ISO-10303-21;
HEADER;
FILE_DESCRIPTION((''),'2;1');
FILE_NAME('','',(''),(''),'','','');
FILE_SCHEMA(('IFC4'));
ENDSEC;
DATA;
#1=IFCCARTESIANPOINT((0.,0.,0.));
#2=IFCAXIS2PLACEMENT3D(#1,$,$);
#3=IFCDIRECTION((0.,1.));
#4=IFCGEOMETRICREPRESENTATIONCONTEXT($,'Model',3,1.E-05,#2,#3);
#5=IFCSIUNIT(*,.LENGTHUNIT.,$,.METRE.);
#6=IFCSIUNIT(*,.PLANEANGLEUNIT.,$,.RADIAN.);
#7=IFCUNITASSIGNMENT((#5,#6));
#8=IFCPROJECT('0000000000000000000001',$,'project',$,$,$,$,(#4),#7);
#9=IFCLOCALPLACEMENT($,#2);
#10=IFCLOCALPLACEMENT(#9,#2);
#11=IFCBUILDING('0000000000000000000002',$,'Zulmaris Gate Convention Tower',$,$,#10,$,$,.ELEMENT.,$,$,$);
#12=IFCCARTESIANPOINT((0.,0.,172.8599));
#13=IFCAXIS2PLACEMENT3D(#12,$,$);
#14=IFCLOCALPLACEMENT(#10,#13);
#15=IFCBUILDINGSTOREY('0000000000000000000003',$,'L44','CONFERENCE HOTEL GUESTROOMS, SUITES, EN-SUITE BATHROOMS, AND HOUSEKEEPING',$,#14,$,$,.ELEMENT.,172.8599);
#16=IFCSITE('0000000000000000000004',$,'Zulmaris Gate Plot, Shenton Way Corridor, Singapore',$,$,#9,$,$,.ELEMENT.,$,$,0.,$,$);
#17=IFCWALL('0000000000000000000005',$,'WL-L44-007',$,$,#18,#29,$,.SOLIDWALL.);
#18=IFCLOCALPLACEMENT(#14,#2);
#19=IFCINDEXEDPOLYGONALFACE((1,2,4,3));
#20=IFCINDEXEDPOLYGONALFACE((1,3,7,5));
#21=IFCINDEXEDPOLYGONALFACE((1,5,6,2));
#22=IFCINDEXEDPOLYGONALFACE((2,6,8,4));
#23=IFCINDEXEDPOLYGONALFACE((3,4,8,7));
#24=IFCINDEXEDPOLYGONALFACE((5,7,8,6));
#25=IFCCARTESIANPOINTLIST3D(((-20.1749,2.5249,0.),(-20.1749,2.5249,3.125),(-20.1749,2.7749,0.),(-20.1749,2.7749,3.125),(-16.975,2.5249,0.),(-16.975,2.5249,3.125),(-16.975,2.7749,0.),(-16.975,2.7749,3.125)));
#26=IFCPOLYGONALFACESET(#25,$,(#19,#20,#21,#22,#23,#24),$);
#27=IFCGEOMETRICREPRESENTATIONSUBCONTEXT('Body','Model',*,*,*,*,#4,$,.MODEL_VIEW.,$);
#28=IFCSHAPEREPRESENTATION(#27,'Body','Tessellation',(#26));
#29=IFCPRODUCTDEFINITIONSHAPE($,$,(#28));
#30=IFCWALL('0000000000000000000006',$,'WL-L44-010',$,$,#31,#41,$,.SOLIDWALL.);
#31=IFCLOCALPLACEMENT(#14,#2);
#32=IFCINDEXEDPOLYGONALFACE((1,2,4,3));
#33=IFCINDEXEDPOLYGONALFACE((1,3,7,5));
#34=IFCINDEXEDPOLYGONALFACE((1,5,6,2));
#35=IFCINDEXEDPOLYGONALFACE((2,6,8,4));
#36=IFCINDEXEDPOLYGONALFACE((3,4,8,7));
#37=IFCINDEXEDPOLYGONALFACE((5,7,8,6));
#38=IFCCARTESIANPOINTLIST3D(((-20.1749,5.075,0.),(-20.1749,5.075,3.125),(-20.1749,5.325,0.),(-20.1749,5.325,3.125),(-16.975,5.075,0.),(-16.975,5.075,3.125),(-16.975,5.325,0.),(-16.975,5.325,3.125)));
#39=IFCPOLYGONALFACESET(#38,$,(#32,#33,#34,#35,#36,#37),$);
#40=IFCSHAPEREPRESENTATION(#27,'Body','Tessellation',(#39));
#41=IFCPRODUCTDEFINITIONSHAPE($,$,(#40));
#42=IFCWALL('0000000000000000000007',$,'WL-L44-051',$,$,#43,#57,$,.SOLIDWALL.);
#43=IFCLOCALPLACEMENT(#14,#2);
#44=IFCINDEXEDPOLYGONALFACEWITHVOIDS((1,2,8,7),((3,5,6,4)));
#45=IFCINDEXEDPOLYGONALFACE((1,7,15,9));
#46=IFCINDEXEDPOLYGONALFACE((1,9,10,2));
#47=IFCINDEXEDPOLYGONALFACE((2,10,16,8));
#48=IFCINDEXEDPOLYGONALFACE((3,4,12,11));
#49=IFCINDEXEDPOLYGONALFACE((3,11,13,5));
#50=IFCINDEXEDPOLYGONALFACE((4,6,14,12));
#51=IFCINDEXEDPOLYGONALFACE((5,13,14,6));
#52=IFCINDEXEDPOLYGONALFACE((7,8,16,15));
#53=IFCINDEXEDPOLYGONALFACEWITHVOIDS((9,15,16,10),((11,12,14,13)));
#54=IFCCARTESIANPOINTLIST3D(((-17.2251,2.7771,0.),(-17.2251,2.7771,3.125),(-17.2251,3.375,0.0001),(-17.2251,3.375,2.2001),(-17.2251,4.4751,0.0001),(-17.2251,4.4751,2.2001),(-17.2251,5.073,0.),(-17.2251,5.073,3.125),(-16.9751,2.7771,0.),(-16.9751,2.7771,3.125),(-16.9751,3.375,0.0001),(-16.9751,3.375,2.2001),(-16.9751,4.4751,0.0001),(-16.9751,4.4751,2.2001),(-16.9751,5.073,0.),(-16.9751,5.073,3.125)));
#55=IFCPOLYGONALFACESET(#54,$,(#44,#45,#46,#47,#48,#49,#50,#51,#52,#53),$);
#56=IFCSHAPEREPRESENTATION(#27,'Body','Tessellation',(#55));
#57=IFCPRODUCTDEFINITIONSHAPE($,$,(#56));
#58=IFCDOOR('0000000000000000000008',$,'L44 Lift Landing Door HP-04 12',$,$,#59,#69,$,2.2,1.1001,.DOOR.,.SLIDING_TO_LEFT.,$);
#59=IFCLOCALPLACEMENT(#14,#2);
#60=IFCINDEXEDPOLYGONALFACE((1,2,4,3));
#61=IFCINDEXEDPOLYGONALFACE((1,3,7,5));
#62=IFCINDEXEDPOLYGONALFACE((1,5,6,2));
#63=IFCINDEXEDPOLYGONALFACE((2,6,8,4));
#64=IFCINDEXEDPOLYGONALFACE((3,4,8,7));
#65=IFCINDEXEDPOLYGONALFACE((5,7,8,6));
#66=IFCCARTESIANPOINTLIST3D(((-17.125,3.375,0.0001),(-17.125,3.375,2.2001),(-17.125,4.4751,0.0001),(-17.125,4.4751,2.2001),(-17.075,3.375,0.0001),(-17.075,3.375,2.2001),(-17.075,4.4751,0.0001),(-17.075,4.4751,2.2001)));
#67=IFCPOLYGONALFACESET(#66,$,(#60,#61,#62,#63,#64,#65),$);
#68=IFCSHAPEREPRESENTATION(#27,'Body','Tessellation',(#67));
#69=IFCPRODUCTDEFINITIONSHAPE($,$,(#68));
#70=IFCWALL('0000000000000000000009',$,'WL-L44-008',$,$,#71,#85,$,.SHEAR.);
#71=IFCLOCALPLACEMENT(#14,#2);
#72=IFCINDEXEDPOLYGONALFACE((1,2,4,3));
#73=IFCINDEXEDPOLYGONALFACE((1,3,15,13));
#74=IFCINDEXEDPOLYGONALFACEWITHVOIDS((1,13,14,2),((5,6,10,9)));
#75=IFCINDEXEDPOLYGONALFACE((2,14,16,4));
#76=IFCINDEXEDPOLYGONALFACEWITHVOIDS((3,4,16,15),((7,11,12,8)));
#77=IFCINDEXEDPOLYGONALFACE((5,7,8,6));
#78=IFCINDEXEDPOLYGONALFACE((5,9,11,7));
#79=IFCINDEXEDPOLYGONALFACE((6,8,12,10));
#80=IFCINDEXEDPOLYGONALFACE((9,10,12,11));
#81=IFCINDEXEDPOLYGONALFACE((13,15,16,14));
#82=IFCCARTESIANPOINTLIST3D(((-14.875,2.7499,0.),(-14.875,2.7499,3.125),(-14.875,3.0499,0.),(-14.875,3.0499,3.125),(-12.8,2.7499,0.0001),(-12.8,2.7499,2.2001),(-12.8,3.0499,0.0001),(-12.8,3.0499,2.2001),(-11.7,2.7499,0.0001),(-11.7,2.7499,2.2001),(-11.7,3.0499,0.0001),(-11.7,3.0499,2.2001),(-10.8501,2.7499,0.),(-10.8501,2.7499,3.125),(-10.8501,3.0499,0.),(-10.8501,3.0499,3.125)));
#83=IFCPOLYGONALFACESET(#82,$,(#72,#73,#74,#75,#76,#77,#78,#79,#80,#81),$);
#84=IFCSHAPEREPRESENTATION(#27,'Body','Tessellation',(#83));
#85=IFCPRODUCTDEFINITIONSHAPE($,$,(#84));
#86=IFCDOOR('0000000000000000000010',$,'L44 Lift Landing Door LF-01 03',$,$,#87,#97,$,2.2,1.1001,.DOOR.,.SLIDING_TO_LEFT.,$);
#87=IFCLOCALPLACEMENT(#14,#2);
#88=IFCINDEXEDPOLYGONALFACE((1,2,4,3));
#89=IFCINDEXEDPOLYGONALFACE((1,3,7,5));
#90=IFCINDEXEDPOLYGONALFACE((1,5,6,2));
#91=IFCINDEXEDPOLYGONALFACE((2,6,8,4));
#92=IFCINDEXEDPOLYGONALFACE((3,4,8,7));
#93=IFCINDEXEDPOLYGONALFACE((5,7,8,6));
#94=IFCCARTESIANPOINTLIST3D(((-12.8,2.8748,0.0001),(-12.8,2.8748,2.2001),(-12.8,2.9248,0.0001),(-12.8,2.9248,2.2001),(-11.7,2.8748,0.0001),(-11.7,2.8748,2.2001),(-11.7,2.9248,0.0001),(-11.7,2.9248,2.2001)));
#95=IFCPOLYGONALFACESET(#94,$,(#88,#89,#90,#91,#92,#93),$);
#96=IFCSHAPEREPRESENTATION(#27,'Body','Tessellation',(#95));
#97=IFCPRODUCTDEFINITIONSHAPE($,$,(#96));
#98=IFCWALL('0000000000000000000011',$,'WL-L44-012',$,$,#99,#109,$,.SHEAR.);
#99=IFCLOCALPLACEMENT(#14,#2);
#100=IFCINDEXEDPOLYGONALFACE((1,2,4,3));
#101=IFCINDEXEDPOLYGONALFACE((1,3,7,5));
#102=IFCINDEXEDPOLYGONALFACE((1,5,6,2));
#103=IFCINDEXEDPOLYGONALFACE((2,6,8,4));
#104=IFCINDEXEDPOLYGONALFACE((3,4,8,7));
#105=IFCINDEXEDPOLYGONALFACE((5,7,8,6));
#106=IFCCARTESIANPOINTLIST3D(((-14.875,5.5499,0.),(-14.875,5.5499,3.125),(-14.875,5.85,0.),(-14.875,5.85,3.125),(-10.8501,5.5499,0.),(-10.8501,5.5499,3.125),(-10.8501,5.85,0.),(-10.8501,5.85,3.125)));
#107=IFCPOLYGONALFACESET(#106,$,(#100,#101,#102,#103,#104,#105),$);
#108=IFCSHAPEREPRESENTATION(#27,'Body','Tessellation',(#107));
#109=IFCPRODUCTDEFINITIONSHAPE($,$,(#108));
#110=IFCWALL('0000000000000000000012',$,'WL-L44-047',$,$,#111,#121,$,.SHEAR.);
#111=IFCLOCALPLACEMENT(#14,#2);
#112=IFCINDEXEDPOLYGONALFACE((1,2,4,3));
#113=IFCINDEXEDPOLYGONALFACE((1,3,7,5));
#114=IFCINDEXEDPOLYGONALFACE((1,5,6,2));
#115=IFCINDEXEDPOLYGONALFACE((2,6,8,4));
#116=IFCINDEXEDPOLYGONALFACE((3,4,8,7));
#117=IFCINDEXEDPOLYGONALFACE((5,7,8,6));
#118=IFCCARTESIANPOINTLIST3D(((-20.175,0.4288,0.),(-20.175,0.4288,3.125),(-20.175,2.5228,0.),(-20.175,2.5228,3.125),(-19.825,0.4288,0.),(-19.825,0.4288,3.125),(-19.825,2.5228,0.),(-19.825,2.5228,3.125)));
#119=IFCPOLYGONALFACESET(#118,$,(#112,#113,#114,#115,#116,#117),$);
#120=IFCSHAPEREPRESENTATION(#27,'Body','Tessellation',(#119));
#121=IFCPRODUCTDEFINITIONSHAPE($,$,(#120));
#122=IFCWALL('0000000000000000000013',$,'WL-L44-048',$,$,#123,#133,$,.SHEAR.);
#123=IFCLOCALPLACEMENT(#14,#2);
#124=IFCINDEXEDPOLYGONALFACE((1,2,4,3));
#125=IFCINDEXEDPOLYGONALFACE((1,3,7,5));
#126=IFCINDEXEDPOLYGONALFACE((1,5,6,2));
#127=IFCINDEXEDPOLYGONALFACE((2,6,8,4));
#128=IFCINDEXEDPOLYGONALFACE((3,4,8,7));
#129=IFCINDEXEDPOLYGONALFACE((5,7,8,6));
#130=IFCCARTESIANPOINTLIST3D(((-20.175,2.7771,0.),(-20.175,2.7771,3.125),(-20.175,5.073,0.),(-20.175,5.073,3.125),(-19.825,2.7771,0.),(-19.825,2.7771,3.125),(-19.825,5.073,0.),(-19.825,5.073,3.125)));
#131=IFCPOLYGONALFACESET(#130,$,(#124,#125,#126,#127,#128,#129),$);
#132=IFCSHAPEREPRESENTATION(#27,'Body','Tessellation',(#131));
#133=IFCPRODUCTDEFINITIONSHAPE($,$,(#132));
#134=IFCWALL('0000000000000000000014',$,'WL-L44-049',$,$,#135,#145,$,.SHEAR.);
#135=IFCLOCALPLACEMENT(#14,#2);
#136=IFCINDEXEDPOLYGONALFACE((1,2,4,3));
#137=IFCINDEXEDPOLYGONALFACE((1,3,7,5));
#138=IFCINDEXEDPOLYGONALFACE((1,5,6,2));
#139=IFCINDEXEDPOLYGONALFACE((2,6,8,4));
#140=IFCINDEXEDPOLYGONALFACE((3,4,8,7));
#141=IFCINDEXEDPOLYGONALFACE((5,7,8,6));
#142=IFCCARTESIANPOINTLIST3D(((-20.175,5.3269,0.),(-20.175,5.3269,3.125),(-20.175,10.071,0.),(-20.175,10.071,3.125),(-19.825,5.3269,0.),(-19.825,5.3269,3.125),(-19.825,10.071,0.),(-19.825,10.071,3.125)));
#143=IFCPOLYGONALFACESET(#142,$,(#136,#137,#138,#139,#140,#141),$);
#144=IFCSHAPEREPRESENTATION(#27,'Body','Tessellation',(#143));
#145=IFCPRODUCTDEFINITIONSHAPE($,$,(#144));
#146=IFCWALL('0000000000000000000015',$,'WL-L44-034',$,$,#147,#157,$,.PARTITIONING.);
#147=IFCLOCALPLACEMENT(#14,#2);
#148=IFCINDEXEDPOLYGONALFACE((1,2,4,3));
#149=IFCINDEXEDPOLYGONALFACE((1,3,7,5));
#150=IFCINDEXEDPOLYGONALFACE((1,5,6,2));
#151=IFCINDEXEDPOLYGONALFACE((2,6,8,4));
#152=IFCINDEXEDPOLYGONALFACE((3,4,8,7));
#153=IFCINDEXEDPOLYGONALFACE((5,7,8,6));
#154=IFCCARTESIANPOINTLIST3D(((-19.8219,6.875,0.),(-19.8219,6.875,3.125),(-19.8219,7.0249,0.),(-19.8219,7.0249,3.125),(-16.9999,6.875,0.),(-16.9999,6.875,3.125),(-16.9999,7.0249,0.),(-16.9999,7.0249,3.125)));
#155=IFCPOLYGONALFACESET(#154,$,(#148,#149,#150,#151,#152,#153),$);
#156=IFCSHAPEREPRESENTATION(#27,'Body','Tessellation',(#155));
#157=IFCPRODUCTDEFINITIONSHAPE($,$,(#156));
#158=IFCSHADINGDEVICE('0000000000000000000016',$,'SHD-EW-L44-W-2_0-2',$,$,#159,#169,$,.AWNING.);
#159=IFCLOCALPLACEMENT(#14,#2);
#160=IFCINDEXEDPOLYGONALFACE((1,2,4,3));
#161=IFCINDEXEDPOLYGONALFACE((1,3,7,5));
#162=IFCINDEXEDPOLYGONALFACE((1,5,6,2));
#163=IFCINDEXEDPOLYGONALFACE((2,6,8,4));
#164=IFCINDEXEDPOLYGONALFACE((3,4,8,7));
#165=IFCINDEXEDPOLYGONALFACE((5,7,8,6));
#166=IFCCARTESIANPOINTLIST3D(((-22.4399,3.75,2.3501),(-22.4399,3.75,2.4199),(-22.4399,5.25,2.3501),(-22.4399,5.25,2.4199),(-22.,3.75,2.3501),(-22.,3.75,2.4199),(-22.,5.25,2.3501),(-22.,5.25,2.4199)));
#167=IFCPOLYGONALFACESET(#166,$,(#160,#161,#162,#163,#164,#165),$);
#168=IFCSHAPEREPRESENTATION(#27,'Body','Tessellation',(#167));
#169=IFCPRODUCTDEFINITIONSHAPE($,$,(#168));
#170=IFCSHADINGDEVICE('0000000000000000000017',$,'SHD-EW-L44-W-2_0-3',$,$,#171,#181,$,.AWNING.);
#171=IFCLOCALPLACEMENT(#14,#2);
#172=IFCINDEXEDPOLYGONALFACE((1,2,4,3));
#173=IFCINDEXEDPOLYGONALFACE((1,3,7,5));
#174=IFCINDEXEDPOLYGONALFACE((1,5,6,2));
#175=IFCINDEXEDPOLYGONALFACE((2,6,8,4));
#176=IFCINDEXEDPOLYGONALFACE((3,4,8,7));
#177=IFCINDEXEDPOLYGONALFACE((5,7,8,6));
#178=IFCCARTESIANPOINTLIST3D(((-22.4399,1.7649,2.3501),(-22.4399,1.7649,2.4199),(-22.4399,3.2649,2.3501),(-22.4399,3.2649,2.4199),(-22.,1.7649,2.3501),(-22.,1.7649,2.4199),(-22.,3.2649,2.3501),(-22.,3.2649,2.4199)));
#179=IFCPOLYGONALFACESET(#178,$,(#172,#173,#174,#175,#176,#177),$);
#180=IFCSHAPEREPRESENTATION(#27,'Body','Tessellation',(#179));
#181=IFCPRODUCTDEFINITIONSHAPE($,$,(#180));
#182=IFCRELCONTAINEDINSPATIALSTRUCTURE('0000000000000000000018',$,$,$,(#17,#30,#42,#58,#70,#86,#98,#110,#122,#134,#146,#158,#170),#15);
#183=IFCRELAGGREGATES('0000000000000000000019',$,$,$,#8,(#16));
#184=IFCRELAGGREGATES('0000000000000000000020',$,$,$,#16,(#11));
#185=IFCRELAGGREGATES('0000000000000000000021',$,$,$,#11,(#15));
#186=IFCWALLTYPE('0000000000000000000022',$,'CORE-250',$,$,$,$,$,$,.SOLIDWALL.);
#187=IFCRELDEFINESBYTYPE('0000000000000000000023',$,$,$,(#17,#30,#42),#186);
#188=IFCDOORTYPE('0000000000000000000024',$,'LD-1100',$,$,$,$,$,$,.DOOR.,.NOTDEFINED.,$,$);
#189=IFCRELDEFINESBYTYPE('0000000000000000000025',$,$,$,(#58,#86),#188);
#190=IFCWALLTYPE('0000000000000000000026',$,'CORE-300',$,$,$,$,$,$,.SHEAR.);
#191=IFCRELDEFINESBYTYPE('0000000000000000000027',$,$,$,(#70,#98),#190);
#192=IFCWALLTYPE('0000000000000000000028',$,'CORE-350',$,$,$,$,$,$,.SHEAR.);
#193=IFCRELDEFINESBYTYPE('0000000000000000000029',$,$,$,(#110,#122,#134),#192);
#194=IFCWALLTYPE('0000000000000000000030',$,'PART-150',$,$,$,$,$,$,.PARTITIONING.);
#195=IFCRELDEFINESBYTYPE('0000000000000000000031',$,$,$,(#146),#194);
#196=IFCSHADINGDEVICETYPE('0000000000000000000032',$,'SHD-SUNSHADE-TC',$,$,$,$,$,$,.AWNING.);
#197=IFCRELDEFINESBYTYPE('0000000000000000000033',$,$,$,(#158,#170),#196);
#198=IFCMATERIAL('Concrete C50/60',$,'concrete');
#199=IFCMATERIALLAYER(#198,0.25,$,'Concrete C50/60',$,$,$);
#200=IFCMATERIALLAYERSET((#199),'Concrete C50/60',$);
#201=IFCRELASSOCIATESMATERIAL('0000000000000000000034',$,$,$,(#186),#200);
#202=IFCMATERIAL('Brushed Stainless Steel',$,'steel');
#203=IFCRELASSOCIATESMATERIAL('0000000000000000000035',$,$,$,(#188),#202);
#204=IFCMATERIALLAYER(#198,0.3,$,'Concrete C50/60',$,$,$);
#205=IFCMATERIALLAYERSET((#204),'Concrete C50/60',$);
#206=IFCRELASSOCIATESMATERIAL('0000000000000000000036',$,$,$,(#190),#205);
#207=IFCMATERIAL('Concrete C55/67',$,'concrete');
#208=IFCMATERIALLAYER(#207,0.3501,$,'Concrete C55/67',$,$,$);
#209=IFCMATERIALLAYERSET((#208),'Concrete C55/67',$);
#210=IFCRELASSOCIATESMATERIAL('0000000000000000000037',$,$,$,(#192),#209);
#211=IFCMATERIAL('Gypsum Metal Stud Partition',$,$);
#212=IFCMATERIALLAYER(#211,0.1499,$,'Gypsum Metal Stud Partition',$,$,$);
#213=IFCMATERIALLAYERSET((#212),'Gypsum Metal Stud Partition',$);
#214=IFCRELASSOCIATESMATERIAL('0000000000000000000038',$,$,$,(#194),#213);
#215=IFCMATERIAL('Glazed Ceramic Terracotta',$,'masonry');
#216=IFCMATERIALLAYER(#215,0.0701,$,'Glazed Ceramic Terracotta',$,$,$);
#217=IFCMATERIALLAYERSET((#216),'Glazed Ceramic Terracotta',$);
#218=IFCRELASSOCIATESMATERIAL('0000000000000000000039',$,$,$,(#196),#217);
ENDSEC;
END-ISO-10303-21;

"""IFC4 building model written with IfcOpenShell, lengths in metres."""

from ifc_helpers import new_model, si_unit, direction, frame, frame_2d, origin, place, context, subcontext, project, spatial, rectangle, extrude, material, layer, layer_set, type_object, element, fill, save


model = new_model("IFC4")

# Units and contexts
model_context = context("Model", 3, precision=1e-05, world=origin(), true_north=direction((0.0, 1.0)))
body_context = subcontext(model_context, "Body", "Model", "MODEL_VIEW")
ifc_project = project(units=[si_unit("LENGTHUNIT", "METRE"), si_unit("PLANEANGLEUNIT", "RADIAN")], contexts=[model_context])

# Site, building, storey
site_placement = place(None, origin())
site = spatial("IfcSite", under=ifc_project, at=site_placement, Name="Zulmaris Gate Plot, Shenton Way Corridor, Singapore", CompositionType="ELEMENT", RefElevation=0.0)
building_placement = place(site_placement, origin())
building = spatial("IfcBuilding", under=site, at=building_placement, Name="Zulmaris Gate Convention Tower", CompositionType="ELEMENT")
storey_placement = place(building_placement, frame((0.0, 0.0, 172.8599)))
storey = spatial("IfcBuildingStorey", under=building, at=storey_placement, Name="L44", Description="CONFERENCE HOTEL GUESTROOMS, SUITES, EN-SUITE BATHROOMS, AND HOUSEKEEPING", CompositionType="ELEMENT", Elevation=172.8599)

# Walls
ifc_material_1 = material(Name="Concrete C50/60", Category="concrete")
ifc_layer_1 = layer(ifc_material_1, 0.25, Name="Concrete C50/60")
ifc_layer_set_1 = layer_set([ifc_layer_1], Name="Concrete C50/60")
wall_type_1 = type_object("IfcWallType", Name="CORE-250", PredefinedType="SOLIDWALL", material=ifc_layer_set_1)
for number, where, z_axis, x_axis, name in (
    (1, (-20.175, 2.6499, 0.0), (0.0, 0.0, 1.0), (1.0, 0.0, 0.0), "WL-L44-007"),
    (2, (-20.175, 5.2, 0.0), (0.0, 0.0, 1.0), (1.0, 0.0, 0.0), "WL-L44-010"),
):
    element("IfcWall", number, at=place(storey_placement, frame(where, z_axis=z_axis, x_axis=x_axis)), inside=storey, type_object=wall_type_1, Name=name, PredefinedType="SOLIDWALL", context=body_context, shape_type="SweptSolid", body=[
        extrude(rectangle(XDim=3.2, YDim=0.25, at=frame_2d((1.6001, 0.0))), origin(), (0.0, 0.0, 1.0), 3.125),
    ])

# Walls, openings, doors
wall_1_placement = place(storey_placement, frame((-17.1001, 2.7771, 0.0), z_axis=(0.0, 0.0, 1.0), x_axis=(0.0, 1.0, 0.0)))
wall_1 = element("IfcWall", 3, at=wall_1_placement, inside=storey, type_object=wall_type_1, Name="WL-L44-051", PredefinedType="SOLIDWALL", context=body_context, shape_type="SweptSolid", body=[
    extrude(rectangle(XDim=2.2959, YDim=0.25, at=frame_2d((1.1479, 0.0))), origin(), (0.0, 0.0, 1.0), 3.125),
])
opening_1_placement = place(wall_1_placement, frame((0.5979, 0.0, 0.0)))
opening_1 = element("IfcOpeningElement", 4, at=opening_1_placement, cuts=wall_1, PredefinedType="OPENING", context=body_context, shape_type="SweptSolid", body=[
    extrude(rectangle(XDim=1.1001, YDim=2.2, at=frame_2d((0.55, 1.1001))), frame((0.0, 0.135, 0.0), z_axis=(0.0, -1.0, 0.0), x_axis=(1.0, 0.0, 0.0)), (0.0, 0.0, 1.0), 0.27),
])
ifc_material_2 = material(Name="Brushed Stainless Steel", Category="steel")
door_type_1 = type_object("IfcDoorType", Name="LD-1100", OperationType="NOTDEFINED", PredefinedType="DOOR", material=ifc_material_2)
door_1_placement = place(opening_1_placement, origin())
door_1 = element("IfcDoor", 5, at=door_1_placement, inside=storey, type_object=door_type_1, Name="L44 Lift Landing Door HP-04 12", OperationType="SLIDING_TO_LEFT", OverallHeight=2.2, OverallWidth=1.1001, PredefinedType="DOOR", context=body_context, shape_type="SweptSolid", body=[
    extrude(rectangle(XDim=1.1001, YDim=2.2, at=frame_2d((0.55, 1.1001))), frame((0.0, 0.0249, 0.0), z_axis=(0.0, -1.0, 0.0), x_axis=(1.0, 0.0, 0.0)), (0.0, 0.0, 1.0), 0.05),
])
fill(opening_1, door_1)
ifc_layer_2 = layer(ifc_material_1, 0.3, Name="Concrete C50/60")
ifc_layer_set_2 = layer_set([ifc_layer_2], Name="Concrete C50/60")
wall_type_2 = type_object("IfcWallType", Name="CORE-300", PredefinedType="SHEAR", material=ifc_layer_set_2)
wall_2_placement = place(storey_placement, frame((-14.875, 2.8999, 0.0), z_axis=(0.0, 0.0, 1.0), x_axis=(1.0, 0.0, 0.0)))
wall_2 = element("IfcWall", 6, at=wall_2_placement, inside=storey, type_object=wall_type_2, Name="WL-L44-008", PredefinedType="SHEAR", context=body_context, shape_type="SweptSolid", body=[
    extrude(rectangle(XDim=4.0249, YDim=0.3, at=frame_2d((2.0125, 0.0))), origin(), (0.0, 0.0, 1.0), 3.125),
])
opening_2_placement = place(wall_2_placement, frame((2.075, 0.0, 0.0)))
opening_2 = element("IfcOpeningElement", 7, at=opening_2_placement, cuts=wall_2, PredefinedType="OPENING", context=body_context, shape_type="SweptSolid", body=[
    extrude(rectangle(XDim=1.1001, YDim=2.2, at=frame_2d((0.55, 1.1001))), frame((0.0, 0.1602, 0.0), z_axis=(0.0, -1.0, 0.0), x_axis=(1.0, 0.0, 0.0)), (0.0, 0.0, 1.0), 0.3201),
])
door_2_placement = place(opening_2_placement, origin())
door_2 = element("IfcDoor", 8, at=door_2_placement, inside=storey, type_object=door_type_1, Name="L44 Lift Landing Door LF-01 03", OperationType="SLIDING_TO_LEFT", OverallHeight=2.2, OverallWidth=1.1001, PredefinedType="DOOR", context=body_context, shape_type="SweptSolid", body=[
    extrude(rectangle(XDim=1.1001, YDim=2.2, at=frame_2d((0.55, 1.1001))), frame((0.0, 0.0249, 0.0), z_axis=(0.0, -1.0, 0.0), x_axis=(1.0, 0.0, 0.0)), (0.0, 0.0, 1.0), 0.05),
])
fill(opening_2, door_2)

# Walls
wall_3_placement = place(storey_placement, frame((-14.875, 5.7, 0.0), z_axis=(0.0, 0.0, 1.0), x_axis=(1.0, 0.0, 0.0)))
element("IfcWall", 9, at=wall_3_placement, inside=storey, type_object=wall_type_2, Name="WL-L44-012", PredefinedType="SHEAR", context=body_context, shape_type="SweptSolid", body=[
    extrude(rectangle(XDim=4.0249, YDim=0.3, at=frame_2d((2.0125, 0.0))), origin(), (0.0, 0.0, 1.0), 3.125),
])
ifc_material_3 = material(Name="Concrete C55/67", Category="concrete")
ifc_layer_3 = layer(ifc_material_3, 0.3501, Name="Concrete C55/67")
ifc_layer_set_3 = layer_set([ifc_layer_3], Name="Concrete C55/67")
wall_type_3 = type_object("IfcWallType", Name="CORE-350", PredefinedType="SHEAR", material=ifc_layer_set_3)
wall_4_placement = place(storey_placement, frame((-20.0, 0.429, 0.0), z_axis=(0.0, 0.0, 1.0), x_axis=(0.0, 1.0, 0.0)))
element("IfcWall", 10, at=wall_4_placement, inside=storey, type_object=wall_type_3, Name="WL-L44-047", PredefinedType="SHEAR", context=body_context, shape_type="SweptSolid", body=[
    extrude(rectangle(XDim=2.094, YDim=0.3501, at=frame_2d((1.0469, 0.0))), origin(), (0.0, 0.0, 1.0), 3.125),
])
wall_5_placement = place(storey_placement, frame((-20.0, 2.7771, 0.0), z_axis=(0.0, 0.0, 1.0), x_axis=(0.0, 1.0, 0.0)))
element("IfcWall", 11, at=wall_5_placement, inside=storey, type_object=wall_type_3, Name="WL-L44-048", PredefinedType="SHEAR", context=body_context, shape_type="SweptSolid", body=[
    extrude(rectangle(XDim=2.2959, YDim=0.3501, at=frame_2d((1.1479, 0.0))), origin(), (0.0, 0.0, 1.0), 3.125),
])
wall_6_placement = place(storey_placement, frame((-20.0, 5.3269, 0.0), z_axis=(0.0, 0.0, 1.0), x_axis=(0.0, 1.0, 0.0)))
element("IfcWall", 12, at=wall_6_placement, inside=storey, type_object=wall_type_3, Name="WL-L44-049", PredefinedType="SHEAR", context=body_context, shape_type="SweptSolid", body=[
    extrude(rectangle(XDim=4.7441, YDim=0.3501, at=frame_2d((2.3721, 0.0))), origin(), (0.0, 0.0, 1.0), 3.125),
])
ifc_material_4 = material(Name="Gypsum Metal Stud Partition")
ifc_layer_4 = layer(ifc_material_4, 0.1499, Name="Gypsum Metal Stud Partition")
ifc_layer_set_4 = layer_set([ifc_layer_4], Name="Gypsum Metal Stud Partition")
wall_type_4 = type_object("IfcWallType", Name="PART-150", PredefinedType="PARTITIONING", material=ifc_layer_set_4)
wall_7_placement = place(storey_placement, frame((-19.822, 6.95, 0.0), z_axis=(0.0, 0.0, 1.0), x_axis=(1.0, 0.0, 0.0)))
element("IfcWall", 13, at=wall_7_placement, inside=storey, type_object=wall_type_4, Name="WL-L44-034", PredefinedType="PARTITIONING", context=body_context, shape_type="SweptSolid", body=[
    extrude(rectangle(XDim=2.822, YDim=0.1499, at=frame_2d((1.4111, 0.0))), origin(), (0.0, 0.0, 1.0), 3.125),
])

# Shading devices
ifc_material_5 = material(Name="Glazed Ceramic Terracotta", Category="masonry")
ifc_layer_5 = layer(ifc_material_5, 0.0701, Name="Glazed Ceramic Terracotta")
ifc_layer_set_5 = layer_set([ifc_layer_5], Name="Glazed Ceramic Terracotta")
shading_device_type = type_object("IfcShadingDeviceType", Name="SHD-SUNSHADE-TC", PredefinedType="AWNING", material=ifc_layer_set_5)
for number, where, z_axis, x_axis, name in (
    (14, (-22.22, 5.25, 2.3501), (0.0, 0.0, 1.0), (0.0, -1.0, 0.0), "SHD-EW-L44-W-2_0-2"),
    (15, (-22.22, 3.2649, 2.3501), (0.0, 0.0, 1.0), (0.0, -1.0, 0.0), "SHD-EW-L44-W-2_0-3"),
):
    element("IfcShadingDevice", number, at=place(storey_placement, frame(where, z_axis=z_axis, x_axis=x_axis)), inside=storey, type_object=shading_device_type, Name=name, PredefinedType="AWNING", context=body_context, shape_type="SweptSolid", body=[
        extrude(rectangle(XDim=1.5, YDim=0.4399, at=frame_2d((0.75, 0.0))), origin(), (0.0, 0.0, 1.0), 0.0698),
    ])

save(model, "model.ifc")
